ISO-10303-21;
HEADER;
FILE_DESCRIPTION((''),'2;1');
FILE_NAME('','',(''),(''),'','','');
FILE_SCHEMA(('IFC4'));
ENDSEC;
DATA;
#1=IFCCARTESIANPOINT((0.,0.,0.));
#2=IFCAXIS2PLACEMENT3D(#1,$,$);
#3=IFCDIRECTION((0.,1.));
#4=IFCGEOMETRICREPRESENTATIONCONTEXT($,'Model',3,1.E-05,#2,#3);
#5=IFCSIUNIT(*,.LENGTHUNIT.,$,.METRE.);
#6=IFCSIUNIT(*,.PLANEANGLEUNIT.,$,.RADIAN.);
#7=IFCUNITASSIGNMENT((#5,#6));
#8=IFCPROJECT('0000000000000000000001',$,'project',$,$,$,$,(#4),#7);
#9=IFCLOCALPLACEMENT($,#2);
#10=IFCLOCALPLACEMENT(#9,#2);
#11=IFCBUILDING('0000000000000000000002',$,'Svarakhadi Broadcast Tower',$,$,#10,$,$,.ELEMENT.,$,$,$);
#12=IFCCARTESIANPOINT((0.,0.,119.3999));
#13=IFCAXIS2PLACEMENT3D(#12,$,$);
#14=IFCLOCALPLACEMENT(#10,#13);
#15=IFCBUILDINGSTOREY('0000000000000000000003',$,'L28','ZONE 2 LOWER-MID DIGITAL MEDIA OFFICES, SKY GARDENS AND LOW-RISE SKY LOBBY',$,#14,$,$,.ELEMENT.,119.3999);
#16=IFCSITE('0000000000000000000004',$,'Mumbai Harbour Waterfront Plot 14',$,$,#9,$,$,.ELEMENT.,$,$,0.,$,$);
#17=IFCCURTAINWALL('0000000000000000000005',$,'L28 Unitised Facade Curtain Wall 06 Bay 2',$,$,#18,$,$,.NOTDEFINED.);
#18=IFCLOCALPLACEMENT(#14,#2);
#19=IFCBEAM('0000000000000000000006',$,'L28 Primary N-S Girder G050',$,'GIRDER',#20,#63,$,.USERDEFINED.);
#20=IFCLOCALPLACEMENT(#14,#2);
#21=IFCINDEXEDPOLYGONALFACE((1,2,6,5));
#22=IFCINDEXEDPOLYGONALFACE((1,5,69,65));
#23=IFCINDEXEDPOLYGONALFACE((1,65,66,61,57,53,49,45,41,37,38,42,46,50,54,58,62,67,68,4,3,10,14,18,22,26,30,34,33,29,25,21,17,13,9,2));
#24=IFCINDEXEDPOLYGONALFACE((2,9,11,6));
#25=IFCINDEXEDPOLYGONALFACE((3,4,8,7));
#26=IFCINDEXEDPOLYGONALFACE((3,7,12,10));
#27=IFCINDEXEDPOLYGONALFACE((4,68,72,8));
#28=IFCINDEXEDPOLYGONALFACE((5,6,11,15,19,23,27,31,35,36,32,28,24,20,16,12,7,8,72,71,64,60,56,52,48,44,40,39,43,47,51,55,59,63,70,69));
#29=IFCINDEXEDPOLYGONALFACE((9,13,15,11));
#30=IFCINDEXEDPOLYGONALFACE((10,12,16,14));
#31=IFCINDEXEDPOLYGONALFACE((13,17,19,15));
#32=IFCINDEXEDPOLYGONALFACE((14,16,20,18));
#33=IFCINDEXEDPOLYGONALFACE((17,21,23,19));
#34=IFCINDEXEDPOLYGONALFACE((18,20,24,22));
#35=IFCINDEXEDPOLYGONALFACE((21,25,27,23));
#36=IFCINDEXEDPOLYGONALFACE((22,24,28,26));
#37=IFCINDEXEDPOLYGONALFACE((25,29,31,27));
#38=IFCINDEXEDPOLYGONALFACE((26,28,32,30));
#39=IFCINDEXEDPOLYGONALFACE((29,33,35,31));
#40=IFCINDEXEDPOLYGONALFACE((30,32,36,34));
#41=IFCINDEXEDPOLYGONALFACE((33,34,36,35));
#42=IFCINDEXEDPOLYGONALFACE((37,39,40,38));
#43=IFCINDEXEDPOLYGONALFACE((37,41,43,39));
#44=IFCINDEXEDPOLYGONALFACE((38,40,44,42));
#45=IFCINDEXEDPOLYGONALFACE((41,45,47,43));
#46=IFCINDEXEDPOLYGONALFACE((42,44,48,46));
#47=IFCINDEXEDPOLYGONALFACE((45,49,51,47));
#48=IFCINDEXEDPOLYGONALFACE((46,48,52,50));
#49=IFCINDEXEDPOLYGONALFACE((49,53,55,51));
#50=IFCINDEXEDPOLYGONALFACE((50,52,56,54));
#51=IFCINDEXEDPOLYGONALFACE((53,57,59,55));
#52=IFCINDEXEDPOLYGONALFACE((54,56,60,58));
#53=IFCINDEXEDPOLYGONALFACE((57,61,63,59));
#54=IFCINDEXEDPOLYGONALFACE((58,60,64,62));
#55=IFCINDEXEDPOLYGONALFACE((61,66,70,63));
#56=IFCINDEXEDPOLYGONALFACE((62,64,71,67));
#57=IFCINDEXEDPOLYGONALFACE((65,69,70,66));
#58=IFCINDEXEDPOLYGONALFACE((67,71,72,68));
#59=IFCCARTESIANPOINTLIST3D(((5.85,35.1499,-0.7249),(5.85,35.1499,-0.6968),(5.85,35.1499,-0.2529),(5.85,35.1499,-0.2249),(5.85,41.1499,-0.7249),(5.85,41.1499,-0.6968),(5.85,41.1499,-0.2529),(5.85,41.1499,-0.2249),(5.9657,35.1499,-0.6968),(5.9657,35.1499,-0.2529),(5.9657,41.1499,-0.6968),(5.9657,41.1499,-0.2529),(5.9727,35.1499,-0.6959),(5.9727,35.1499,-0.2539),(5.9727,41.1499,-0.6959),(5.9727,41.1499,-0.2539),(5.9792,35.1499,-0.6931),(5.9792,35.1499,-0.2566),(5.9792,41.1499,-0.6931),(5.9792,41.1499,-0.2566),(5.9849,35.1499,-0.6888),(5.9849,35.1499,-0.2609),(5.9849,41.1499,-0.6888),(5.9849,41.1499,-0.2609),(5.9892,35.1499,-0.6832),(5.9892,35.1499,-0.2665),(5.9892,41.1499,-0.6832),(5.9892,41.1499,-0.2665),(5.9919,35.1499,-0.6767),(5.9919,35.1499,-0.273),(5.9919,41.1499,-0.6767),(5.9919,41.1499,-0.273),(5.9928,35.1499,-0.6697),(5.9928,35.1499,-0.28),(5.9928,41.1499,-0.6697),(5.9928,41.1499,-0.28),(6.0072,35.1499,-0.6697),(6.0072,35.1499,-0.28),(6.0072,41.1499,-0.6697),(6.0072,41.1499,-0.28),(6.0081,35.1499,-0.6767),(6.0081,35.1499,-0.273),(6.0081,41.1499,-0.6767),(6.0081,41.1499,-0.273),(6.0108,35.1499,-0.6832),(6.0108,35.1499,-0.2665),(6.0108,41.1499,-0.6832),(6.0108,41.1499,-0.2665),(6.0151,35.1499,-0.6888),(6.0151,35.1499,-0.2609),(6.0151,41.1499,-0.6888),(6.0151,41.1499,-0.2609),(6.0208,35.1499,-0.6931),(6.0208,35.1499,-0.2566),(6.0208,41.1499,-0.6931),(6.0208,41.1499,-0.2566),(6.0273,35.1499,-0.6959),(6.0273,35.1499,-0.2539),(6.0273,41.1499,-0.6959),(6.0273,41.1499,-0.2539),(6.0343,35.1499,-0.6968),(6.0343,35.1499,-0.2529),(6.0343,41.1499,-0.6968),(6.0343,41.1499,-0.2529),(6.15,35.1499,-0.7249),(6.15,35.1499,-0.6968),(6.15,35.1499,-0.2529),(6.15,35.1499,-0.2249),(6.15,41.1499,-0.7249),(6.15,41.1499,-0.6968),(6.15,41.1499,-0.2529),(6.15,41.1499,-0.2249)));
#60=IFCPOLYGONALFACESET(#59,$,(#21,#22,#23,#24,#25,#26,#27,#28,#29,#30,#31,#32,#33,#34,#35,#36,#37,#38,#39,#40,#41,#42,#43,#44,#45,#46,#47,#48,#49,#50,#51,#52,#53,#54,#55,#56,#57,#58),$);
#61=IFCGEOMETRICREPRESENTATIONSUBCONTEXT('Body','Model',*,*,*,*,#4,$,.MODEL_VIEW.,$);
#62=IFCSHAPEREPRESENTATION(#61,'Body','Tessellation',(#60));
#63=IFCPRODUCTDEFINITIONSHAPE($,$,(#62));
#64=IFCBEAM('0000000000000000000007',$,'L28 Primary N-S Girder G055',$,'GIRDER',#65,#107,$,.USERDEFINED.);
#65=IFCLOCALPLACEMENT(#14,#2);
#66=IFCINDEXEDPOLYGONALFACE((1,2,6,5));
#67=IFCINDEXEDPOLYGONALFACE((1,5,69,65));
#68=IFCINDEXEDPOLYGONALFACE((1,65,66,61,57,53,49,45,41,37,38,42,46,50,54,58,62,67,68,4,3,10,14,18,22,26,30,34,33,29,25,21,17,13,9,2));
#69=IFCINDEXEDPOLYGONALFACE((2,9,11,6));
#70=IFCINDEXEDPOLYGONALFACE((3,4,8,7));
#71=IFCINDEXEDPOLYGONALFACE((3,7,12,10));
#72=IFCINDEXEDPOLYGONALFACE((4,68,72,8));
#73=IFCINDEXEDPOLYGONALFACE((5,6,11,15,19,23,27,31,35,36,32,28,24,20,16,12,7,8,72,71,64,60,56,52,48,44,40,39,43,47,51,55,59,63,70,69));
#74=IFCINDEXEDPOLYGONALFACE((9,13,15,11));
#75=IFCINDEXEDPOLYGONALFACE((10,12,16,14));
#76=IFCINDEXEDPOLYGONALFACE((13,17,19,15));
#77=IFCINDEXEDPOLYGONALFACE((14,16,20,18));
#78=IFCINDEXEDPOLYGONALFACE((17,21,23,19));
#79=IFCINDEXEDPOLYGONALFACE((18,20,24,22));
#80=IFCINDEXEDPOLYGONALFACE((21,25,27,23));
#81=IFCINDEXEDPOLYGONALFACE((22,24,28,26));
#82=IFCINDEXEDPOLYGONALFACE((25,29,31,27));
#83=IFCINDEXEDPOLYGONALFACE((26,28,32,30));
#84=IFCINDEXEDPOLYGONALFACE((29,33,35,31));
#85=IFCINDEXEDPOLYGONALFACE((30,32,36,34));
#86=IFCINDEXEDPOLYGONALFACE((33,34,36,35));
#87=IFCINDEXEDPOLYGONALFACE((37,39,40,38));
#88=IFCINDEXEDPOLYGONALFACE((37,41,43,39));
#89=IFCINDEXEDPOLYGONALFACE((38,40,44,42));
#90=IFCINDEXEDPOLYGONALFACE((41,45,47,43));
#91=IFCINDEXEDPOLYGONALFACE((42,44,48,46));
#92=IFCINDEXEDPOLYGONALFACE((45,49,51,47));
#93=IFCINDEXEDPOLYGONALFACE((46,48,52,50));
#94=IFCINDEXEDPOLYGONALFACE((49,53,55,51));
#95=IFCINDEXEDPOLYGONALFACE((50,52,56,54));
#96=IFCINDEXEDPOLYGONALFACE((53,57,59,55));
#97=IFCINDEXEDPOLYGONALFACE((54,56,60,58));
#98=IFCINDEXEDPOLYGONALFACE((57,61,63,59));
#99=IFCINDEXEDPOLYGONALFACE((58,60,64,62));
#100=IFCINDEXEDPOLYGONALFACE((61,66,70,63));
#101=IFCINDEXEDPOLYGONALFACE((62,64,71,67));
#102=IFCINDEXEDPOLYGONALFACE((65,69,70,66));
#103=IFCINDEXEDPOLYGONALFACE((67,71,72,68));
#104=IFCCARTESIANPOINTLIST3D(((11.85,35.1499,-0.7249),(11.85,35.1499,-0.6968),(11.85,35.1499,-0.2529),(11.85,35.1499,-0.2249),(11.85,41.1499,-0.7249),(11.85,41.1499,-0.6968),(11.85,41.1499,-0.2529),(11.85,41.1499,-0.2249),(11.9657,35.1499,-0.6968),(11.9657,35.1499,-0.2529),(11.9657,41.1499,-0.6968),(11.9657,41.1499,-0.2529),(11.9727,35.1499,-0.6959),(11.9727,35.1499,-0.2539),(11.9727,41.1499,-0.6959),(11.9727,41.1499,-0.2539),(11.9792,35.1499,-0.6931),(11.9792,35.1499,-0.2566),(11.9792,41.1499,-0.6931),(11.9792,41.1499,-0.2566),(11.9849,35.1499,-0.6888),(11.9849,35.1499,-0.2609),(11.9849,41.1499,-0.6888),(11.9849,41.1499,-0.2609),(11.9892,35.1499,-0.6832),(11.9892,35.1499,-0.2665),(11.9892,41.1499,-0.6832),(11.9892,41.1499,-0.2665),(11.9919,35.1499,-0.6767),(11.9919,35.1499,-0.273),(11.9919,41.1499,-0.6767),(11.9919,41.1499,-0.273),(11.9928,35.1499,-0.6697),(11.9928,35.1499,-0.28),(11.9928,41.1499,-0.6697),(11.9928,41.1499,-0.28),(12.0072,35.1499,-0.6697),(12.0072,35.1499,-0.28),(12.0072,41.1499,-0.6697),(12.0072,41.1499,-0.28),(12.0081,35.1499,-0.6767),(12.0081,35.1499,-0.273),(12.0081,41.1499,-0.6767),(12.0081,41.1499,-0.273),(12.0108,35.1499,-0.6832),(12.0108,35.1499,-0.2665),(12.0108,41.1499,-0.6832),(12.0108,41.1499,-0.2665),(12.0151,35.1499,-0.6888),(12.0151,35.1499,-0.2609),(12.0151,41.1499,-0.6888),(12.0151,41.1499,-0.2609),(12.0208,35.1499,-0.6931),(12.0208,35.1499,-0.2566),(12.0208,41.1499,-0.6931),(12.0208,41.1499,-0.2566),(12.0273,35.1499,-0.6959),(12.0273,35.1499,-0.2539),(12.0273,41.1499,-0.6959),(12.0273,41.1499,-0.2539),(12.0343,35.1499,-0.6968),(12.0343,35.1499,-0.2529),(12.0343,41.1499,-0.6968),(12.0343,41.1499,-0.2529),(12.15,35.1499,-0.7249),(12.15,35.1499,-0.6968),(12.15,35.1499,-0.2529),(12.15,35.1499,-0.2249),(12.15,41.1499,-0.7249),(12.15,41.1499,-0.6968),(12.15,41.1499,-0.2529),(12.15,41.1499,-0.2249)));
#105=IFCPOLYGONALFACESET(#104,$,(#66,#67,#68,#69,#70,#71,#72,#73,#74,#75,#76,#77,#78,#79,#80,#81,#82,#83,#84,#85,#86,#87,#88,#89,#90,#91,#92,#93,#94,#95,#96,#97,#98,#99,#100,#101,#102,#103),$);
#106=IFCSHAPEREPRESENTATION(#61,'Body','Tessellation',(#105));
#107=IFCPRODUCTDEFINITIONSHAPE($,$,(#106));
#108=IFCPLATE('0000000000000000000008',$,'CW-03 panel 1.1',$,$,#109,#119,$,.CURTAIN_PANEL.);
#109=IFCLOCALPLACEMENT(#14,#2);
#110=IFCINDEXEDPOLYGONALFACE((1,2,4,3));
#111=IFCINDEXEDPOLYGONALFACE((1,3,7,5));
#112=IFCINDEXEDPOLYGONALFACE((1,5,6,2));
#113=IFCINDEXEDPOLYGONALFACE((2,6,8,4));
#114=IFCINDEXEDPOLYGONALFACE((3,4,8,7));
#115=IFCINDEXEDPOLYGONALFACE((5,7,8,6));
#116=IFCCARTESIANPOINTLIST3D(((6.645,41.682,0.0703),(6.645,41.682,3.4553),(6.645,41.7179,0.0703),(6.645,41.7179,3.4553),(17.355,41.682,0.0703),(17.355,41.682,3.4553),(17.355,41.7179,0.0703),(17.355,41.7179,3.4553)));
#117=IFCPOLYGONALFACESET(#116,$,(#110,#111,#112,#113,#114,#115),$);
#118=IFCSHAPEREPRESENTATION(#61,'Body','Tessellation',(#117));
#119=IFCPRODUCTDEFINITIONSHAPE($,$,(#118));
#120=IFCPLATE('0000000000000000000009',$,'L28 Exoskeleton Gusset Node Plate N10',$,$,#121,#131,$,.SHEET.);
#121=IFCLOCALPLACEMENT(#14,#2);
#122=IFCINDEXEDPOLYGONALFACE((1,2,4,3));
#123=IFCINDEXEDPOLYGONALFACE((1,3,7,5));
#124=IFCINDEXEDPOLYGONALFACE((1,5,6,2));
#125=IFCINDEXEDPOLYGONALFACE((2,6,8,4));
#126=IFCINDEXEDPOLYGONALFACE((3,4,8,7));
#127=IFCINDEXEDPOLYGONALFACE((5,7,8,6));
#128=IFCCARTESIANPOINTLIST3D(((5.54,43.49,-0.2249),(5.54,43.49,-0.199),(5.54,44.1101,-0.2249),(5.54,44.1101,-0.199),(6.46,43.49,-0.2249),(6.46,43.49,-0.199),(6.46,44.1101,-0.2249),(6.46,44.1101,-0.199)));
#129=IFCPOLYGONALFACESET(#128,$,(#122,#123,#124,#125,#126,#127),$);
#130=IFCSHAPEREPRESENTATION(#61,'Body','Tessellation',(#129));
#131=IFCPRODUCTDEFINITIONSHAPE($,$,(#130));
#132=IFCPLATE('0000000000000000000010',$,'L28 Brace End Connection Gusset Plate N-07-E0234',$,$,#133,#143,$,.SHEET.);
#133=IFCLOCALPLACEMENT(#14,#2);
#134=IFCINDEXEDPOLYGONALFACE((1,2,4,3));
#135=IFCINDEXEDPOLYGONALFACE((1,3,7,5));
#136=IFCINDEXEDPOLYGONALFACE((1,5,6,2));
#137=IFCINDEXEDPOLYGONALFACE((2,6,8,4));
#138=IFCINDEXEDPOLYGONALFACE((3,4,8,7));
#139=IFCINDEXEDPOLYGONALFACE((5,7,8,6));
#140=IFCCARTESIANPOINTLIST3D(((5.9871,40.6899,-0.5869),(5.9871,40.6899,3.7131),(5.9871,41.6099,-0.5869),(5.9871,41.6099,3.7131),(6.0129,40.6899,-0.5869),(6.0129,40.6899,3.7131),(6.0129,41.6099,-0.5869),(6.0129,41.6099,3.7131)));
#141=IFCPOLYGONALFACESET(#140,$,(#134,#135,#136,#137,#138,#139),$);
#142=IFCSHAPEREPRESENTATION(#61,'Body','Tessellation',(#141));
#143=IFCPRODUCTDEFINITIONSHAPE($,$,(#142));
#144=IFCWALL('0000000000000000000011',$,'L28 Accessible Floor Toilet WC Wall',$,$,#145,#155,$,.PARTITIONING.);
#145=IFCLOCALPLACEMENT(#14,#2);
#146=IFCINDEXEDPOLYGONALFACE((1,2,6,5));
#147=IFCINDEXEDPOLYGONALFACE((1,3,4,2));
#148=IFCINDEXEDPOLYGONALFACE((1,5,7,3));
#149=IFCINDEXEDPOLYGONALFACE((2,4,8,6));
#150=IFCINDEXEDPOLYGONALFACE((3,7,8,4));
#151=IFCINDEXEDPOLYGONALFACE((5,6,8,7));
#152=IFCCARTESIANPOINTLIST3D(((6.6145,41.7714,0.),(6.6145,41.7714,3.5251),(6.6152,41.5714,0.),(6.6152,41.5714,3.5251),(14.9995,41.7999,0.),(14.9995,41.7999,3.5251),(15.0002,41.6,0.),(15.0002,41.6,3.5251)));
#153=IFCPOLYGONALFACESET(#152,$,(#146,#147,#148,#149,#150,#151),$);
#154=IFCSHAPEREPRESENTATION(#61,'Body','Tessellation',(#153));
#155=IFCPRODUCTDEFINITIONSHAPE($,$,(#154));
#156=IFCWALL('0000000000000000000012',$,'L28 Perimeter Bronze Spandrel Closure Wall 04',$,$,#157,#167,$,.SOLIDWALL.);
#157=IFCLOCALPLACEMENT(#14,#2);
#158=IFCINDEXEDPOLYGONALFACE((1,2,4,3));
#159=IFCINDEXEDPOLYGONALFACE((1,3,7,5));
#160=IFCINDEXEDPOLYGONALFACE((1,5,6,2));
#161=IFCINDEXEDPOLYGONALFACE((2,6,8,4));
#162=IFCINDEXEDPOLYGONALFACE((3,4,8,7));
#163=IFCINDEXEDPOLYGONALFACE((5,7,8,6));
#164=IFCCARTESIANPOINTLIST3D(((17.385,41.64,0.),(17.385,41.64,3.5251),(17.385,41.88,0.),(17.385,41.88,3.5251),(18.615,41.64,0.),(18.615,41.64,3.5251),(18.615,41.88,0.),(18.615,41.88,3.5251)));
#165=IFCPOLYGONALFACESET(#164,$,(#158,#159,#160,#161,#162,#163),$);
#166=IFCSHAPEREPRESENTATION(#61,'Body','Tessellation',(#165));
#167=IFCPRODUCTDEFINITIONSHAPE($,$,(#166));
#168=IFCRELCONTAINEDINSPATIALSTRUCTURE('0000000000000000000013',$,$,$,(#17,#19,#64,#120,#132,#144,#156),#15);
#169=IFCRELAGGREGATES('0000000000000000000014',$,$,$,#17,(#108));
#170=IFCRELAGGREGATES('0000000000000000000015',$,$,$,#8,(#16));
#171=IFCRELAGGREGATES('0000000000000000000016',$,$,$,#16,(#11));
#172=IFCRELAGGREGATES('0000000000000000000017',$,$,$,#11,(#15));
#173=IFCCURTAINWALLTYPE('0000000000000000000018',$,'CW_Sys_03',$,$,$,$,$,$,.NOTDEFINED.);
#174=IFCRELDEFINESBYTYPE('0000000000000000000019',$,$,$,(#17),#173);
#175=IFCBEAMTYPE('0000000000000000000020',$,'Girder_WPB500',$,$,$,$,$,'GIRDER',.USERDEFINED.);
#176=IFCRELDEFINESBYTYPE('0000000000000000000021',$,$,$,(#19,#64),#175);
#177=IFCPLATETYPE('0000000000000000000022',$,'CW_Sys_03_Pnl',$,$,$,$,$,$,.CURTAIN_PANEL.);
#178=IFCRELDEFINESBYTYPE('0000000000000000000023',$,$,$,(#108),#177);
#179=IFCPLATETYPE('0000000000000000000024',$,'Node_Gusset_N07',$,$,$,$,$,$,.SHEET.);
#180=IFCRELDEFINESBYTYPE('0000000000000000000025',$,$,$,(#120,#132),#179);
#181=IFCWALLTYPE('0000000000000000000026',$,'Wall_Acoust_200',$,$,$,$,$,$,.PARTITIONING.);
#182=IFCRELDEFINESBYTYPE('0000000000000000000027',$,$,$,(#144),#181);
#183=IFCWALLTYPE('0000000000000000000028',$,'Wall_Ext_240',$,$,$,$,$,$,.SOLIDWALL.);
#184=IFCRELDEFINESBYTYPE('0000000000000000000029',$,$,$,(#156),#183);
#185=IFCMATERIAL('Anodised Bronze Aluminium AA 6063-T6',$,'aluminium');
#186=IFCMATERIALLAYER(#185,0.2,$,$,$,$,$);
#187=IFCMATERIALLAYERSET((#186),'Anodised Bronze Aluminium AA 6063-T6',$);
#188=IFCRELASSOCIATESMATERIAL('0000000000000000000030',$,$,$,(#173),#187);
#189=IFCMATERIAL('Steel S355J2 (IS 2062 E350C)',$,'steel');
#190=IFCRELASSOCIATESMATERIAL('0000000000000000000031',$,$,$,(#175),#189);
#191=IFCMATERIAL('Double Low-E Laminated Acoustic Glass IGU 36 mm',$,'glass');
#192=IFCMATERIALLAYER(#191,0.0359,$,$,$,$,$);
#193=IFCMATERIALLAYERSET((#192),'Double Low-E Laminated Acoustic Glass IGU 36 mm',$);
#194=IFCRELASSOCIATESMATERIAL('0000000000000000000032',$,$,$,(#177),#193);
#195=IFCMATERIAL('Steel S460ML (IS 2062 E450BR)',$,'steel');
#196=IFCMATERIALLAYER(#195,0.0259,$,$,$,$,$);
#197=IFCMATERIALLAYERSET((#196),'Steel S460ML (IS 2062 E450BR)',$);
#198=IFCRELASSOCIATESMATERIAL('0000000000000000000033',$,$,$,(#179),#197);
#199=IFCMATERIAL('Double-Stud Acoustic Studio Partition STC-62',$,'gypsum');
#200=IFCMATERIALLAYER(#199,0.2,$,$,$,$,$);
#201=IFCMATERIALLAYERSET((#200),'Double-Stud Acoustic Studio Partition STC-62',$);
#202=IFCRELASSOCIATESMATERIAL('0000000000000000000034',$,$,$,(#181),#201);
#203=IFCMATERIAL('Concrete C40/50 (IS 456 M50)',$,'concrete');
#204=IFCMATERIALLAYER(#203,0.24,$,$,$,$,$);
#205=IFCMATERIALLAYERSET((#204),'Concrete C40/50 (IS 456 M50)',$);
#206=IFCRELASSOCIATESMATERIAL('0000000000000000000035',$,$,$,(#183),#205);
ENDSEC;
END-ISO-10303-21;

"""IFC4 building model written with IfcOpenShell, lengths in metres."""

from ifc_helpers import new_model, si_unit, direction, frame, frame_2d, origin, origin_2d, place, context, subcontext, project, spatial, rectangle, i_section, extrude, material, layer, layer_set, material_profile, profile_set, type_object, element, aggregate, save


model = new_model("IFC4")

# Units and contexts
model_context = context("Model", 3, precision=1e-05, world=origin(), true_north=direction((0.0, 1.0)))
body_context = subcontext(model_context, "Body", "Model", "MODEL_VIEW")
ifc_project = project(units=[si_unit("LENGTHUNIT", "METRE"), si_unit("PLANEANGLEUNIT", "RADIAN")], contexts=[model_context])

# Site, building, storey
site_placement = place(None, origin())
site = spatial("IfcSite", under=ifc_project, at=site_placement, Name="Mumbai Harbour Waterfront Plot 14", CompositionType="ELEMENT", RefElevation=0.0)
building_placement = place(site_placement, origin())
building = spatial("IfcBuilding", under=site, at=building_placement, Name="Svarakhadi Broadcast Tower", CompositionType="ELEMENT")
storey_placement = place(building_placement, frame((0.0, 0.0, 119.3999)))
storey = spatial("IfcBuildingStorey", under=building, at=storey_placement, Name="L28", Description="ZONE 2 LOWER-MID DIGITAL MEDIA OFFICES, SKY GARDENS AND LOW-RISE SKY LOBBY", CompositionType="ELEMENT", Elevation=119.3999)

# Shared definitions
ifc_material_1 = material(Name="Steel S460ML (IS 2062 E450BR)", Category="steel")

# Shared definitions
ifc_material_2 = material(Name="Steel S355J2 (IS 2062 E350C)", Category="steel")

# Curtain wall
ifc_material_3 = material(Name="Anodised Bronze Aluminium AA 6063-T6", Category="aluminium")
ifc_layer_1 = layer(ifc_material_3, 0.2)
ifc_layer_set_1 = layer_set([ifc_layer_1], Name="Anodised Bronze Aluminium AA 6063-T6")
curtain_wall_type = type_object("IfcCurtainWallType", Name="CW_Sys_03", PredefinedType="NOTDEFINED", material=ifc_layer_set_1)
curtain_wall_placement = place(storey_placement, origin())
curtain_wall = element("IfcCurtainWall", 1, at=curtain_wall_placement, inside=storey, type_object=curtain_wall_type, Name="L28 Unitised Facade Curtain Wall 06 Bay 2", PredefinedType="NOTDEFINED")

# Beams
ifc_material_profile_1 = material_profile(ifc_material_2, i_section(OverallWidth=0.3, OverallDepth=0.5, WebThickness=0.0144, FlangeThickness=0.0281, FilletRadius=0.0271, at=origin_2d()), Name="WPB 500x300x187")
ifc_profile_set_1 = profile_set([ifc_material_profile_1], Name="Steel S355J2 (IS 2062 E350C)")
beam_type_1 = type_object("IfcBeamType", Name="Girder_WPB500", ElementType="GIRDER", PredefinedType="USERDEFINED", material=ifc_profile_set_1)
for number, where, z_axis, x_axis, name in (
    (2, (6.0, 35.1499, -0.4749), (0.0, 1.0, 0.0), (-1.0, 0.0, 0.0), "L28 Primary N-S Girder G050"),
    (3, (12.0, 35.1499, -0.4749), (0.0, 1.0, 0.0), (-1.0, 0.0, 0.0), "L28 Primary N-S Girder G055"),
):
    element("IfcBeam", number, at=place(storey_placement, frame(where, z_axis=z_axis, x_axis=x_axis)), inside=storey, type_object=beam_type_1, Name=name, ObjectType="GIRDER", PredefinedType="USERDEFINED", context=body_context, shape_type="SweptSolid", body=[
        extrude(i_section(OverallWidth=0.3, OverallDepth=0.5, WebThickness=0.0144, FlangeThickness=0.0281, FilletRadius=0.0271, at=origin_2d()), origin(), (0.0, 0.0, 1.0), 6.0),
    ])

# Plate
ifc_material_4 = material(Name="Double Low-E Laminated Acoustic Glass IGU 36 mm", Category="glass")
ifc_layer_2 = layer(ifc_material_4, 0.0359)
ifc_layer_set_2 = layer_set([ifc_layer_2], Name="Double Low-E Laminated Acoustic Glass IGU 36 mm")
plate_type_1 = type_object("IfcPlateType", Name="CW_Sys_03_Pnl", PredefinedType="CURTAIN_PANEL", material=ifc_layer_set_2)
plate_1_placement = place(storey_placement, frame((12.0, 41.7, 0.0703), z_axis=(0.0, 0.0, 1.0), x_axis=(1.0, 0.0, 0.0)))
plate_1 = element("IfcPlate", 4, at=plate_1_placement, type_object=plate_type_1, Name="CW-03 panel 1.1", PredefinedType="CURTAIN_PANEL", context=body_context, shape_type="SweptSolid", body=[
    extrude(rectangle(XDim=10.71, YDim=0.0359, at=origin_2d()), origin(), (0.0, 0.0, 1.0), 3.385),
])
aggregate(curtain_wall, [plate_1])

# Plates
ifc_layer_3 = layer(ifc_material_1, 0.0259)
ifc_layer_set_3 = layer_set([ifc_layer_3], Name="Steel S460ML (IS 2062 E450BR)")
plate_type_2 = type_object("IfcPlateType", Name="Node_Gusset_N07", PredefinedType="SHEET", material=ifc_layer_set_3)
plate_2_placement = place(storey_placement, frame((6.0, 43.8, -0.2249), z_axis=(0.0, 0.0, 1.0), x_axis=(1.0, 0.0, 0.0)))
element("IfcPlate", 5, at=plate_2_placement, inside=storey, type_object=plate_type_2, Name="L28 Exoskeleton Gusset Node Plate N10", PredefinedType="SHEET", context=body_context, shape_type="SweptSolid", body=[
    extrude(rectangle(XDim=0.9199, YDim=0.6201, at=origin_2d()), origin(), (0.0, 0.0, 1.0), 0.0259),
])
plate_3_placement = place(storey_placement, frame((6.0, 41.1499, -0.5869), z_axis=(0.0, 0.0, 1.0), x_axis=(0.0, 1.0, 0.0)))
element("IfcPlate", 6, at=plate_3_placement, inside=storey, type_object=plate_type_2, Name="L28 Brace End Connection Gusset Plate N-07-E0234", PredefinedType="SHEET", context=body_context, shape_type="SweptSolid", body=[
    extrude(rectangle(XDim=0.9199, YDim=0.0259, at=origin_2d()), origin(), (0.0, 0.0, 1.0), 4.3),
])

# Walls
ifc_material_5 = material(Name="Double-Stud Acoustic Studio Partition STC-62", Category="gypsum")
ifc_layer_4 = layer(ifc_material_5, 0.2)
ifc_layer_set_4 = layer_set([ifc_layer_4], Name="Double-Stud Acoustic Studio Partition STC-62")
wall_type_1 = type_object("IfcWallType", Name="Wall_Acoust_200", PredefinedType="PARTITIONING", material=ifc_layer_set_4)
wall_1_placement = place(storey_placement, frame((6.615, 41.6714, 0.0), z_axis=(0.0, 0.0, 1.0), x_axis=(0.999994, 0.003407, 0.0)))
element("IfcWall", 7, at=wall_1_placement, inside=storey, type_object=wall_type_1, Name="L28 Accessible Floor Toilet WC Wall", PredefinedType="PARTITIONING", context=body_context, shape_type="SweptSolid", body=[
    extrude(rectangle(XDim=8.385, YDim=0.2, at=frame_2d((4.1924, 0.0))), origin(), (0.0, 0.0, 1.0), 3.5251),
])
ifc_material_6 = material(Name="Concrete C40/50 (IS 456 M50)", Category="concrete")
ifc_layer_5 = layer(ifc_material_6, 0.24)
ifc_layer_set_5 = layer_set([ifc_layer_5], Name="Concrete C40/50 (IS 456 M50)")
wall_type_2 = type_object("IfcWallType", Name="Wall_Ext_240", PredefinedType="SOLIDWALL", material=ifc_layer_set_5)
wall_2_placement = place(storey_placement, frame((17.385, 41.76, 0.0), z_axis=(0.0, 0.0, 1.0), x_axis=(1.0, 0.0, 0.0)))
element("IfcWall", 8, at=wall_2_placement, inside=storey, type_object=wall_type_2, Name="L28 Perimeter Bronze Spandrel Closure Wall 04", PredefinedType="SOLIDWALL", context=body_context, shape_type="SweptSolid", body=[
    extrude(rectangle(XDim=1.23, YDim=0.24, at=frame_2d((0.615, 0.0))), origin(), (0.0, 0.0, 1.0), 3.5251),
])

save(model, "model.ifc")
